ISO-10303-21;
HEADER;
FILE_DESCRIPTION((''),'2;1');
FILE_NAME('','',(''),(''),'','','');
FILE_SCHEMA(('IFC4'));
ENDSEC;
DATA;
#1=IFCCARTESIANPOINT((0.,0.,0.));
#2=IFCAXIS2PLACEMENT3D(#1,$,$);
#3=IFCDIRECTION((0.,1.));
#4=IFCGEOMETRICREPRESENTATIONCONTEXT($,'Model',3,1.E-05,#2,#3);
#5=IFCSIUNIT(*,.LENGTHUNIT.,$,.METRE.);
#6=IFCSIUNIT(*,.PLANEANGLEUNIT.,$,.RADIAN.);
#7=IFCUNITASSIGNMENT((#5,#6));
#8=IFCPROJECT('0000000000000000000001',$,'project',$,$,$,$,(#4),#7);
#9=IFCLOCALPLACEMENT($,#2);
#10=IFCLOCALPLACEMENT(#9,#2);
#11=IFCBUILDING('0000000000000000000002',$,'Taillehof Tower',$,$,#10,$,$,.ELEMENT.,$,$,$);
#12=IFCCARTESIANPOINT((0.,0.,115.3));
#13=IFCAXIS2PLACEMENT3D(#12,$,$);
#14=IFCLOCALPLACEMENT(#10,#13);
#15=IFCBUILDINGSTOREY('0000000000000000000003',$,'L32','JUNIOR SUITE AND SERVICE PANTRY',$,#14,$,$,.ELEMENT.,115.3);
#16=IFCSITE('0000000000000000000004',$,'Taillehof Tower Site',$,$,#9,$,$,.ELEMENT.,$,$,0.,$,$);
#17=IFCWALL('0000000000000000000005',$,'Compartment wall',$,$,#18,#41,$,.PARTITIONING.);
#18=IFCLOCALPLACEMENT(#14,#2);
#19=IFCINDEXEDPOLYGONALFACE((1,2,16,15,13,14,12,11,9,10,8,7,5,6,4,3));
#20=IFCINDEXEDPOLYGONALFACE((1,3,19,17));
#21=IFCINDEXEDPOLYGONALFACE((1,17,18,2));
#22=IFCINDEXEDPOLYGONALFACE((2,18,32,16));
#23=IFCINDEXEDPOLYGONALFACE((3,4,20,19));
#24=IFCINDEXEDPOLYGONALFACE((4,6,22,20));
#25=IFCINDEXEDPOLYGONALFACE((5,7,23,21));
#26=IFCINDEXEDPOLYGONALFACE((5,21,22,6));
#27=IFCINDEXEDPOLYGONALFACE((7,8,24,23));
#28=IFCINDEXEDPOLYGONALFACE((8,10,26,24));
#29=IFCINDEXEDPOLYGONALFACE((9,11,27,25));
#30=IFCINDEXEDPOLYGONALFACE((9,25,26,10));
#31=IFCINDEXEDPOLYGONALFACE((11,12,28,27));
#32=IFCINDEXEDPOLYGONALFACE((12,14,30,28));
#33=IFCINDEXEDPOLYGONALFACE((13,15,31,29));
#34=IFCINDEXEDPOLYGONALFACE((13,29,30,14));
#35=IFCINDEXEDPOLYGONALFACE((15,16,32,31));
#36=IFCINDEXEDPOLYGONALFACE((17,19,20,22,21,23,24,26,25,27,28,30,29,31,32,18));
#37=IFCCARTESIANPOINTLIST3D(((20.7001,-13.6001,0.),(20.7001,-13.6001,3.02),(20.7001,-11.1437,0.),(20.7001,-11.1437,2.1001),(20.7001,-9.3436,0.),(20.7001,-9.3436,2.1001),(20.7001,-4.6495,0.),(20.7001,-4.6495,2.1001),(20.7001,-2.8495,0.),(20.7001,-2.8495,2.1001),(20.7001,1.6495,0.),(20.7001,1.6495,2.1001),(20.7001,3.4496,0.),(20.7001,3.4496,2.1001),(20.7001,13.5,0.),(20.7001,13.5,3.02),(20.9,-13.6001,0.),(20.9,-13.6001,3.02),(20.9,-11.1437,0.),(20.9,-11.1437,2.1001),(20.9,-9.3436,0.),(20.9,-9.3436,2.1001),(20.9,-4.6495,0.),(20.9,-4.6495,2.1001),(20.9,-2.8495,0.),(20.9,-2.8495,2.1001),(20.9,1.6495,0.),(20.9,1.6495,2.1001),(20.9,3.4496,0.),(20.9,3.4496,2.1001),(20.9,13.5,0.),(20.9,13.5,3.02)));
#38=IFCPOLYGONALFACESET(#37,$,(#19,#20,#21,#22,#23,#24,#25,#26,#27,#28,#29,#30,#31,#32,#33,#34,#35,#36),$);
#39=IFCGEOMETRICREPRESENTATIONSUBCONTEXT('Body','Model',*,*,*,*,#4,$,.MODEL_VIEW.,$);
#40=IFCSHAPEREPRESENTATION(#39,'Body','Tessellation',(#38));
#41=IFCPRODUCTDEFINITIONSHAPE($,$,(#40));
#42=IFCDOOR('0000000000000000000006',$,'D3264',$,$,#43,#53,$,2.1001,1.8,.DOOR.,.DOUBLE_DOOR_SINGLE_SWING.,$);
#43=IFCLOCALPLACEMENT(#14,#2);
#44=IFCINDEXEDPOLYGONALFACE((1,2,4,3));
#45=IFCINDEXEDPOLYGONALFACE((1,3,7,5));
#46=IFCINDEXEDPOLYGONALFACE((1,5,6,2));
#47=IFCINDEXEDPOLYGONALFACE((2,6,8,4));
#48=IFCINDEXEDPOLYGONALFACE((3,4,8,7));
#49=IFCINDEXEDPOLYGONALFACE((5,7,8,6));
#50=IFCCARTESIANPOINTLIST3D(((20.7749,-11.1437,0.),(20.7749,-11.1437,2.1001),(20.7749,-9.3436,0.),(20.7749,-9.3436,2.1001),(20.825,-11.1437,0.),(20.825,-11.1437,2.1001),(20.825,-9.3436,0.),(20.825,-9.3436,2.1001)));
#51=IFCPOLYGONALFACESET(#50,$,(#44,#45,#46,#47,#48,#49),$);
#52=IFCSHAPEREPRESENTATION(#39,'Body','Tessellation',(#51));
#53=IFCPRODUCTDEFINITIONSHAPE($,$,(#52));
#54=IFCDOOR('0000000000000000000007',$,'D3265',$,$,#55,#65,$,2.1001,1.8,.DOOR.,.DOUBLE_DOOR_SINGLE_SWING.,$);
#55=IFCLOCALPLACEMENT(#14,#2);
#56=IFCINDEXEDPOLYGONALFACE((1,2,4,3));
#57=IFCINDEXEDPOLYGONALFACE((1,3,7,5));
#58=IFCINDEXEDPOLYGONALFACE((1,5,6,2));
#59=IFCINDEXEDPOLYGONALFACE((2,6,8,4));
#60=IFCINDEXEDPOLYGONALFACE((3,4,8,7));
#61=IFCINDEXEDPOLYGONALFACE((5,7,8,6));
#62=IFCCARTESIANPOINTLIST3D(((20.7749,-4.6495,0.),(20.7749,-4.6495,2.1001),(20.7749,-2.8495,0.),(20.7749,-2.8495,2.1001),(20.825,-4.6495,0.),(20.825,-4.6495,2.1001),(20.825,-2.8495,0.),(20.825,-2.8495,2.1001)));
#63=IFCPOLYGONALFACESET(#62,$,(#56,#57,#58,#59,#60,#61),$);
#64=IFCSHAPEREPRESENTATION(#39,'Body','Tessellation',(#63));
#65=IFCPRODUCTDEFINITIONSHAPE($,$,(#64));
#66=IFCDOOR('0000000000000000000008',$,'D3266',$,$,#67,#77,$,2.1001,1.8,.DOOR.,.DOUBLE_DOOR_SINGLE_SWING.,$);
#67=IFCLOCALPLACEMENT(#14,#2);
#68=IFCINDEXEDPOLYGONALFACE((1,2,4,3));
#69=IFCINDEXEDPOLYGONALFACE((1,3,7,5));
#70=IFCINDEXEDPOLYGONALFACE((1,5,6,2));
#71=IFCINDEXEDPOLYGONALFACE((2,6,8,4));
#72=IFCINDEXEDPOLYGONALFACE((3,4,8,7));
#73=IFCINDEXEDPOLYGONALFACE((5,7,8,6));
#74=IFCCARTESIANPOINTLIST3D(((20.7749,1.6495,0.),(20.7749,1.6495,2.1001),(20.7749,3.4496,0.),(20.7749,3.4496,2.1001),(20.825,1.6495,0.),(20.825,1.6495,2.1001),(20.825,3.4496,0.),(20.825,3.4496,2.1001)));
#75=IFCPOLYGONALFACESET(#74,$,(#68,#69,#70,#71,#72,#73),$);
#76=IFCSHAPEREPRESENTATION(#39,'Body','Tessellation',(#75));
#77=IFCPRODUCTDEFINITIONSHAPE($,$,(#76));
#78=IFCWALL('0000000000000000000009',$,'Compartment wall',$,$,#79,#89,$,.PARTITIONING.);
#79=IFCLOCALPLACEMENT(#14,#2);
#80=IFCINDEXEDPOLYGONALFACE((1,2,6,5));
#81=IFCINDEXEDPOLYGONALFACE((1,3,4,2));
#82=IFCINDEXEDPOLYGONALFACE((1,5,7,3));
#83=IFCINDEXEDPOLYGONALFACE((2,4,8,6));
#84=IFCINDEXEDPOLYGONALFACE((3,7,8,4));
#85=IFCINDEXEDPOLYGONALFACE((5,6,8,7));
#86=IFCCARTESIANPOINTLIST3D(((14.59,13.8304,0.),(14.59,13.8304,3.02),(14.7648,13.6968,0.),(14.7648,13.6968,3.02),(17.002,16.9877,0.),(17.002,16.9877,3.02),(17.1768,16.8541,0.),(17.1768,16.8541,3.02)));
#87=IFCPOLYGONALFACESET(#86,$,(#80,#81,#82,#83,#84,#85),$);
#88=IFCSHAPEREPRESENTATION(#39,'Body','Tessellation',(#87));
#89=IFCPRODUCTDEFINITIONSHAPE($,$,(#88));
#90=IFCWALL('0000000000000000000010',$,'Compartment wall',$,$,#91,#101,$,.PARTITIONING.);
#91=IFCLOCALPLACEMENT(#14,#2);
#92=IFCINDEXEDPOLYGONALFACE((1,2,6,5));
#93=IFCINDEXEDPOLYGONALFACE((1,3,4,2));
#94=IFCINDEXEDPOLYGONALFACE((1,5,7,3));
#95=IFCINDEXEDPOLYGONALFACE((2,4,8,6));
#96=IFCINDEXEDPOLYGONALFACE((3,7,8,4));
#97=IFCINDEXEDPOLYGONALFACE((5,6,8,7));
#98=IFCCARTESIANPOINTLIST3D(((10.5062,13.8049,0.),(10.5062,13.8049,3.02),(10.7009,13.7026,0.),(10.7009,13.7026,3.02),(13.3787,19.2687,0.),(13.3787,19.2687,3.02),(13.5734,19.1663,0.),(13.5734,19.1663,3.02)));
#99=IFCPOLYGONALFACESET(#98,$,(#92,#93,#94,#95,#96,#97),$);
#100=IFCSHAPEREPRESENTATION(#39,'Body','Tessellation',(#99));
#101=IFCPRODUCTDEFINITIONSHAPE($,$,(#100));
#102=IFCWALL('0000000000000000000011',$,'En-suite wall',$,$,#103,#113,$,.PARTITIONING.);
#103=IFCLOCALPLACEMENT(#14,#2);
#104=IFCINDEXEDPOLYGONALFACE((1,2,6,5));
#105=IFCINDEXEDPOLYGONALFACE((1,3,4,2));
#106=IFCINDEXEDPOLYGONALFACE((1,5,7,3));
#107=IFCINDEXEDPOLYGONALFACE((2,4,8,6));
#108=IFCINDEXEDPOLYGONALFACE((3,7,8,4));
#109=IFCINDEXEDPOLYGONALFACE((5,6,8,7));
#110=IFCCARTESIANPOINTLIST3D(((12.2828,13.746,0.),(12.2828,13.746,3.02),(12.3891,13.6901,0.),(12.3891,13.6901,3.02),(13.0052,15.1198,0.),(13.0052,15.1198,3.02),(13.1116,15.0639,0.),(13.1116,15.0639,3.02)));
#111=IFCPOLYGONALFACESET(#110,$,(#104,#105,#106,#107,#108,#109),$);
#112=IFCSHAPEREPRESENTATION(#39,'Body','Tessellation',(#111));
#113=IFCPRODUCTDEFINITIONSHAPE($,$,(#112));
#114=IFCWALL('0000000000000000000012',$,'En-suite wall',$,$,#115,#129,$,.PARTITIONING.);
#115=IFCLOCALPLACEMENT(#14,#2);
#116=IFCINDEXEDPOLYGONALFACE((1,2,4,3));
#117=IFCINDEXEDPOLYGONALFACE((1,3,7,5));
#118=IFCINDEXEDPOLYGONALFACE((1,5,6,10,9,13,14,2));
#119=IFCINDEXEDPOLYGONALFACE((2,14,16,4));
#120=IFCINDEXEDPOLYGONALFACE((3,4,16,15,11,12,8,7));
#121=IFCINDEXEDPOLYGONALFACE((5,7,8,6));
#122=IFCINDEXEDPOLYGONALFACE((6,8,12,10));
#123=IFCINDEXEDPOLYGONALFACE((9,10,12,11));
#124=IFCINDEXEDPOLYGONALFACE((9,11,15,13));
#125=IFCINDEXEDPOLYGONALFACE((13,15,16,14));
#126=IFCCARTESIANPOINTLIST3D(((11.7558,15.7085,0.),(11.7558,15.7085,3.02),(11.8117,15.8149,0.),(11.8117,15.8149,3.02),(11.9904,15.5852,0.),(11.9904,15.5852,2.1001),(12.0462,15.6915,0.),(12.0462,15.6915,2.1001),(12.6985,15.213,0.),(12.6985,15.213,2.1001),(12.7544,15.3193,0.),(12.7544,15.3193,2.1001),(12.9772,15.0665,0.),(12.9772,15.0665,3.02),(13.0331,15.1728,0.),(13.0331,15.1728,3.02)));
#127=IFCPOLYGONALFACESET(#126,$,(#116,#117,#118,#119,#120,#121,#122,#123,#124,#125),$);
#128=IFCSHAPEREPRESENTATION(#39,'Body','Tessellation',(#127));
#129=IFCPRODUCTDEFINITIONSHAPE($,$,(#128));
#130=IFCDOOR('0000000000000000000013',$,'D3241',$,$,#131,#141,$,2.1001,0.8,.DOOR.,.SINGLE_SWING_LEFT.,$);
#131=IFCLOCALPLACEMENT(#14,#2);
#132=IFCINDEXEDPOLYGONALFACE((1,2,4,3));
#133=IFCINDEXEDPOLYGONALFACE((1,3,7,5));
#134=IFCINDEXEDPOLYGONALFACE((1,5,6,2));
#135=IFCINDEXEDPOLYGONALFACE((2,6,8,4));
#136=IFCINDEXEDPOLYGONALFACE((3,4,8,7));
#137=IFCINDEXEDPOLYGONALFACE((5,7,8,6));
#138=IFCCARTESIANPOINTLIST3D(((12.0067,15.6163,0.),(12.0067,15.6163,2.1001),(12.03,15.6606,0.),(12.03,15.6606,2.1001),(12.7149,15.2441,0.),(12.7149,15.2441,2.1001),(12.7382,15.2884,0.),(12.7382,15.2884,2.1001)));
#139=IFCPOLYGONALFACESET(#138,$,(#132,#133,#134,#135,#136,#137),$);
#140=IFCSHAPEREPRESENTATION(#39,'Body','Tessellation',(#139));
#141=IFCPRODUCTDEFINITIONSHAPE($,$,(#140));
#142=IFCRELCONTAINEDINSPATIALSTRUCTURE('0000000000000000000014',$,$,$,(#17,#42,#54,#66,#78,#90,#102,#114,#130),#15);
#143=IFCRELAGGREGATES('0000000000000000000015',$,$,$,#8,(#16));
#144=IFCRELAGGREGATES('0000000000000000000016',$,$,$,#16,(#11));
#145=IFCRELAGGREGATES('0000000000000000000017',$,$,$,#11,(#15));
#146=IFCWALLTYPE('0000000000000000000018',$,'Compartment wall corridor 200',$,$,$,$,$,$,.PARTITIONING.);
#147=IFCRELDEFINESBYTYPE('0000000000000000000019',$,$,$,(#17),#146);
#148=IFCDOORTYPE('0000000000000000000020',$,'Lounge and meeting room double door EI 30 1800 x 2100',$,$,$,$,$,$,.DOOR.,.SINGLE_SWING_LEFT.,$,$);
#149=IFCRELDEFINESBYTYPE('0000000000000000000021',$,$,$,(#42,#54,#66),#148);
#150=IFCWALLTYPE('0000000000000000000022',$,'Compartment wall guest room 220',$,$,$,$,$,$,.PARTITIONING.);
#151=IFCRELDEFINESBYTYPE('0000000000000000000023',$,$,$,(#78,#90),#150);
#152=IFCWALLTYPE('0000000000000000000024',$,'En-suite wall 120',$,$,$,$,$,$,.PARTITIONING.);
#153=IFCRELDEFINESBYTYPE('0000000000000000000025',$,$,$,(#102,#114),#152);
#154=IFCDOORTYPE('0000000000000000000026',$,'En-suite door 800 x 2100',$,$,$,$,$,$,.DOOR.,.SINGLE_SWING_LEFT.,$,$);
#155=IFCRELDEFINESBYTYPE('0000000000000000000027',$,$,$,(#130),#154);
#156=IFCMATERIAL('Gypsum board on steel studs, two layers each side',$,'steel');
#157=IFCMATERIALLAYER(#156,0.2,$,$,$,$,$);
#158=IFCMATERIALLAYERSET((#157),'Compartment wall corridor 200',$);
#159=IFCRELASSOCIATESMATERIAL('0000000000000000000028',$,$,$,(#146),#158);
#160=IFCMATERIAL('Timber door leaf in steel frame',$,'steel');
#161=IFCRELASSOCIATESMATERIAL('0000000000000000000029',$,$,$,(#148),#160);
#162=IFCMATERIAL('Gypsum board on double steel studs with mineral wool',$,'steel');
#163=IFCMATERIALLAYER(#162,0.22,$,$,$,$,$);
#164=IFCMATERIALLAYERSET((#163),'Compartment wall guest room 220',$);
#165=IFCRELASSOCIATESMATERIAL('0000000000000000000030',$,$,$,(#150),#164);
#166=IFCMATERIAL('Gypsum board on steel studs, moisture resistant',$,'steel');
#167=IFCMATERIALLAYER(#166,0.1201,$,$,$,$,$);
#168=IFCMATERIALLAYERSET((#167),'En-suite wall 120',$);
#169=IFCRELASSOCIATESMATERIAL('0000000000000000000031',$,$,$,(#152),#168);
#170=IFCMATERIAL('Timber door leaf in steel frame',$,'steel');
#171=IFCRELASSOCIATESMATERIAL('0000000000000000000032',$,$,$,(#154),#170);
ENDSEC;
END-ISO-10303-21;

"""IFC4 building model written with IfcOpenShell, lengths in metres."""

from ifc_helpers import new_model, si_unit, direction, frame, frame_2d, origin, place, context, subcontext, project, spatial, rectangle, extrude, material, layer, layer_set, type_object, element, fill, save


model = new_model("IFC4")

# Units and contexts
model_context = context("Model", 3, precision=1e-05, world=origin(), true_north=direction((0.0, 1.0)))
body_context = subcontext(model_context, "Body", "Model", "MODEL_VIEW")
ifc_project = project(units=[si_unit("LENGTHUNIT", "METRE"), si_unit("PLANEANGLEUNIT", "RADIAN")], contexts=[model_context])

# Site, building, storey
site_placement = place(None, origin())
site = spatial("IfcSite", under=ifc_project, at=site_placement, Name="Taillehof Tower Site", CompositionType="ELEMENT", RefElevation=0.0)
building_placement = place(site_placement, origin())
building = spatial("IfcBuilding", under=site, at=building_placement, Name="Taillehof Tower", CompositionType="ELEMENT")
storey_placement = place(building_placement, frame((0.0, 0.0, 115.3)))
storey = spatial("IfcBuildingStorey", under=building, at=storey_placement, Name="L32", Description="JUNIOR SUITE AND SERVICE PANTRY", CompositionType="ELEMENT", Elevation=115.3)

# Wall, openings, doors
ifc_material_1 = material(Name="Gypsum board on steel studs, two layers each side", Category="steel")
ifc_layer_1 = layer(ifc_material_1, 0.2)
ifc_layer_set_1 = layer_set([ifc_layer_1], Name="Compartment wall corridor 200")
wall_type_1 = type_object("IfcWallType", Name="Compartment wall corridor 200", PredefinedType="PARTITIONING", material=ifc_layer_set_1)
wall_1_placement = place(storey_placement, frame((20.8, 13.5, 0.0), z_axis=(0.0, 0.0, 1.0), x_axis=(0.0, -1.0, 0.0)))
wall_1 = element("IfcWall", 1, at=wall_1_placement, inside=storey, type_object=wall_type_1, Name="Compartment wall", PredefinedType="PARTITIONING", context=body_context, shape_type="SweptSolid", body=[
    extrude(rectangle(XDim=27.1001, YDim=0.2, at=frame_2d((13.55, 0.0))), origin(), (0.0, 0.0, 1.0), 3.02),
])
opening_1_placement = place(wall_1_placement, frame((22.8438, 0.0, 0.0)))
opening_1 = element("IfcOpeningElement", 2, at=opening_1_placement, cuts=wall_1, PredefinedType="OPENING", context=body_context, shape_type="SweptSolid", body=[
    extrude(rectangle(XDim=1.8, YDim=2.1001, at=frame_2d((0.8999, 1.05))), frame((0.0, 0.1099, 0.0), z_axis=(0.0, -1.0, 0.0), x_axis=(1.0, 0.0, 0.0)), (0.0, 0.0, 1.0), 0.22),
])
opening_2_placement = place(wall_1_placement, frame((16.3496, 0.0, 0.0)))
opening_2 = element("IfcOpeningElement", 3, at=opening_2_placement, cuts=wall_1, PredefinedType="OPENING", context=body_context, shape_type="SweptSolid", body=[
    extrude(rectangle(XDim=1.8, YDim=2.1001, at=frame_2d((0.8999, 1.05))), frame((0.0, 0.1099, 0.0), z_axis=(0.0, -1.0, 0.0), x_axis=(1.0, 0.0, 0.0)), (0.0, 0.0, 1.0), 0.22),
])
opening_3_placement = place(wall_1_placement, frame((10.0505, 0.0, 0.0)))
opening_3 = element("IfcOpeningElement", 4, at=opening_3_placement, cuts=wall_1, PredefinedType="OPENING", context=body_context, shape_type="SweptSolid", body=[
    extrude(rectangle(XDim=1.8, YDim=2.1001, at=frame_2d((0.8999, 1.05))), frame((0.0, 0.1099, 0.0), z_axis=(0.0, -1.0, 0.0), x_axis=(1.0, 0.0, 0.0)), (0.0, 0.0, 1.0), 0.22),
])
ifc_material_2 = material(Name="Timber door leaf in steel frame", Category="steel")
door_type_1 = type_object("IfcDoorType", Name="Lounge and meeting room double door EI 30 1800 x 2100", OperationType="SINGLE_SWING_LEFT", PredefinedType="DOOR", material=ifc_material_2)
door_1_placement = place(opening_1_placement, origin())
door_1 = element("IfcDoor", 5, at=door_1_placement, inside=storey, type_object=door_type_1, Name="D3264", OperationType="DOUBLE_DOOR_SINGLE_SWING", OverallHeight=2.1001, OverallWidth=1.8, PredefinedType="DOOR", context=body_context, shape_type="SweptSolid", body=[
    extrude(rectangle(XDim=1.8, YDim=2.1001, at=frame_2d((0.8999, 1.05))), frame((0.0, 0.0249, 0.0), z_axis=(0.0, -1.0, 0.0), x_axis=(1.0, 0.0, 0.0)), (0.0, 0.0, 1.0), 0.05),
])
fill(opening_1, door_1)
door_2_placement = place(opening_2_placement, origin())
door_2 = element("IfcDoor", 6, at=door_2_placement, inside=storey, type_object=door_type_1, Name="D3265", OperationType="DOUBLE_DOOR_SINGLE_SWING", OverallHeight=2.1001, OverallWidth=1.8, PredefinedType="DOOR", context=body_context, shape_type="SweptSolid", body=[
    extrude(rectangle(XDim=1.8, YDim=2.1001, at=frame_2d((0.8999, 1.05))), frame((0.0, 0.0249, 0.0), z_axis=(0.0, -1.0, 0.0), x_axis=(1.0, 0.0, 0.0)), (0.0, 0.0, 1.0), 0.05),
])
fill(opening_2, door_2)
door_3_placement = place(opening_3_placement, origin())
door_3 = element("IfcDoor", 7, at=door_3_placement, inside=storey, type_object=door_type_1, Name="D3266", OperationType="DOUBLE_DOOR_SINGLE_SWING", OverallHeight=2.1001, OverallWidth=1.8, PredefinedType="DOOR", context=body_context, shape_type="SweptSolid", body=[
    extrude(rectangle(XDim=1.8, YDim=2.1001, at=frame_2d((0.8999, 1.05))), frame((0.0, 0.0249, 0.0), z_axis=(0.0, -1.0, 0.0), x_axis=(1.0, 0.0, 0.0)), (0.0, 0.0, 1.0), 0.05),
])
fill(opening_3, door_3)

# Walls
ifc_material_3 = material(Name="Gypsum board on double steel studs with mineral wool", Category="steel")
ifc_layer_2 = layer(ifc_material_3, 0.22)
ifc_layer_set_2 = layer_set([ifc_layer_2], Name="Compartment wall guest room 220")
wall_type_2 = type_object("IfcWallType", Name="Compartment wall guest room 220", PredefinedType="PARTITIONING", material=ifc_layer_set_2)
wall_2_placement = place(storey_placement, frame((17.0894, 16.9209, 0.0), z_axis=(0.0, 0.0, 1.0), x_axis=(-0.607055, -0.794659, 0.0)))
element("IfcWall", 8, at=wall_2_placement, inside=storey, type_object=wall_type_2, Name="Compartment wall", PredefinedType="PARTITIONING", context=body_context, shape_type="SweptSolid", body=[
    extrude(rectangle(XDim=3.9731, YDim=0.22, at=frame_2d((1.9866, 0.0))), origin(), (0.0, 0.0, 1.0), 3.02),
])
wall_3_placement = place(storey_placement, frame((13.4761, 19.2175, 0.0), z_axis=(0.0, 0.0, 1.0), x_axis=(-0.465345, -0.885129, 0.0)))
element("IfcWall", 9, at=wall_3_placement, inside=storey, type_object=wall_type_2, Name="Compartment wall", PredefinedType="PARTITIONING", context=body_context, shape_type="SweptSolid", body=[
    extrude(rectangle(XDim=6.1729, YDim=0.22, at=frame_2d((3.0864, 0.0))), origin(), (0.0, 0.0, 1.0), 3.02),
])
ifc_material_4 = material(Name="Gypsum board on steel studs, moisture resistant", Category="steel")
ifc_layer_3 = layer(ifc_material_4, 0.1201)
ifc_layer_set_3 = layer_set([ifc_layer_3], Name="En-suite wall 120")
wall_type_3 = type_object("IfcWallType", Name="En-suite wall 120", PredefinedType="PARTITIONING", material=ifc_layer_set_3)
wall_4_placement = place(storey_placement, frame((12.3359, 13.718, 0.0), z_axis=(0.0, 0.0, 1.0), x_axis=(0.465429, 0.885085, 0.0)))
element("IfcWall", 10, at=wall_4_placement, inside=storey, type_object=wall_type_3, Name="En-suite wall", PredefinedType="PARTITIONING", context=body_context, shape_type="SweptSolid", body=[
    extrude(rectangle(XDim=1.5522, YDim=0.1201, at=frame_2d((0.7761, 0.0))), origin(), (0.0, 0.0, 1.0), 3.02),
])

# Wall, opening, door
wall_5_placement = place(storey_placement, frame((13.0051, 15.1196, 0.0), z_axis=(0.0, 0.0, 1.0), x_axis=(-0.885148, 0.465309, 0.0)))
wall_5 = element("IfcWall", 11, at=wall_5_placement, inside=storey, type_object=wall_type_3, Name="En-suite wall", PredefinedType="PARTITIONING", context=body_context, shape_type="SweptSolid", body=[
    extrude(rectangle(XDim=1.3799, YDim=0.1201, at=frame_2d((0.6899, 0.0))), origin(), (0.0, 0.0, 1.0), 3.02),
])
opening_4_placement = place(wall_5_placement, frame((0.3149, 0.0, 0.0)))
opening_4 = element("IfcOpeningElement", 12, at=opening_4_placement, cuts=wall_5, PredefinedType="OPENING", context=body_context, shape_type="SweptSolid", body=[
    extrude(rectangle(XDim=0.8, YDim=2.1001, at=frame_2d((0.3999, 1.05))), frame((0.0, 0.0701, 0.0), z_axis=(0.0, -1.0, 0.0), x_axis=(1.0, 0.0, 0.0)), (0.0, 0.0, 1.0), 0.1401),
])
ifc_material_5 = material(Name="Timber door leaf in steel frame", Category="steel")
door_type_2 = type_object("IfcDoorType", Name="En-suite door 800 x 2100", OperationType="SINGLE_SWING_LEFT", PredefinedType="DOOR", material=ifc_material_5)
door_4_placement = place(opening_4_placement, origin())
door_4 = element("IfcDoor", 13, at=door_4_placement, inside=storey, type_object=door_type_2, Name="D3241", OperationType="SINGLE_SWING_LEFT", OverallHeight=2.1001, OverallWidth=0.8, PredefinedType="DOOR", context=body_context, shape_type="SweptSolid", body=[
    extrude(rectangle(XDim=0.8, YDim=2.1001, at=frame_2d((0.3999, 1.05))), frame((0.0, 0.0249, 0.0), z_axis=(0.0, -1.0, 0.0), x_axis=(1.0, 0.0, 0.0)), (0.0, 0.0, 1.0), 0.05),
])
fill(opening_4, door_4)

save(model, "model.ifc")
